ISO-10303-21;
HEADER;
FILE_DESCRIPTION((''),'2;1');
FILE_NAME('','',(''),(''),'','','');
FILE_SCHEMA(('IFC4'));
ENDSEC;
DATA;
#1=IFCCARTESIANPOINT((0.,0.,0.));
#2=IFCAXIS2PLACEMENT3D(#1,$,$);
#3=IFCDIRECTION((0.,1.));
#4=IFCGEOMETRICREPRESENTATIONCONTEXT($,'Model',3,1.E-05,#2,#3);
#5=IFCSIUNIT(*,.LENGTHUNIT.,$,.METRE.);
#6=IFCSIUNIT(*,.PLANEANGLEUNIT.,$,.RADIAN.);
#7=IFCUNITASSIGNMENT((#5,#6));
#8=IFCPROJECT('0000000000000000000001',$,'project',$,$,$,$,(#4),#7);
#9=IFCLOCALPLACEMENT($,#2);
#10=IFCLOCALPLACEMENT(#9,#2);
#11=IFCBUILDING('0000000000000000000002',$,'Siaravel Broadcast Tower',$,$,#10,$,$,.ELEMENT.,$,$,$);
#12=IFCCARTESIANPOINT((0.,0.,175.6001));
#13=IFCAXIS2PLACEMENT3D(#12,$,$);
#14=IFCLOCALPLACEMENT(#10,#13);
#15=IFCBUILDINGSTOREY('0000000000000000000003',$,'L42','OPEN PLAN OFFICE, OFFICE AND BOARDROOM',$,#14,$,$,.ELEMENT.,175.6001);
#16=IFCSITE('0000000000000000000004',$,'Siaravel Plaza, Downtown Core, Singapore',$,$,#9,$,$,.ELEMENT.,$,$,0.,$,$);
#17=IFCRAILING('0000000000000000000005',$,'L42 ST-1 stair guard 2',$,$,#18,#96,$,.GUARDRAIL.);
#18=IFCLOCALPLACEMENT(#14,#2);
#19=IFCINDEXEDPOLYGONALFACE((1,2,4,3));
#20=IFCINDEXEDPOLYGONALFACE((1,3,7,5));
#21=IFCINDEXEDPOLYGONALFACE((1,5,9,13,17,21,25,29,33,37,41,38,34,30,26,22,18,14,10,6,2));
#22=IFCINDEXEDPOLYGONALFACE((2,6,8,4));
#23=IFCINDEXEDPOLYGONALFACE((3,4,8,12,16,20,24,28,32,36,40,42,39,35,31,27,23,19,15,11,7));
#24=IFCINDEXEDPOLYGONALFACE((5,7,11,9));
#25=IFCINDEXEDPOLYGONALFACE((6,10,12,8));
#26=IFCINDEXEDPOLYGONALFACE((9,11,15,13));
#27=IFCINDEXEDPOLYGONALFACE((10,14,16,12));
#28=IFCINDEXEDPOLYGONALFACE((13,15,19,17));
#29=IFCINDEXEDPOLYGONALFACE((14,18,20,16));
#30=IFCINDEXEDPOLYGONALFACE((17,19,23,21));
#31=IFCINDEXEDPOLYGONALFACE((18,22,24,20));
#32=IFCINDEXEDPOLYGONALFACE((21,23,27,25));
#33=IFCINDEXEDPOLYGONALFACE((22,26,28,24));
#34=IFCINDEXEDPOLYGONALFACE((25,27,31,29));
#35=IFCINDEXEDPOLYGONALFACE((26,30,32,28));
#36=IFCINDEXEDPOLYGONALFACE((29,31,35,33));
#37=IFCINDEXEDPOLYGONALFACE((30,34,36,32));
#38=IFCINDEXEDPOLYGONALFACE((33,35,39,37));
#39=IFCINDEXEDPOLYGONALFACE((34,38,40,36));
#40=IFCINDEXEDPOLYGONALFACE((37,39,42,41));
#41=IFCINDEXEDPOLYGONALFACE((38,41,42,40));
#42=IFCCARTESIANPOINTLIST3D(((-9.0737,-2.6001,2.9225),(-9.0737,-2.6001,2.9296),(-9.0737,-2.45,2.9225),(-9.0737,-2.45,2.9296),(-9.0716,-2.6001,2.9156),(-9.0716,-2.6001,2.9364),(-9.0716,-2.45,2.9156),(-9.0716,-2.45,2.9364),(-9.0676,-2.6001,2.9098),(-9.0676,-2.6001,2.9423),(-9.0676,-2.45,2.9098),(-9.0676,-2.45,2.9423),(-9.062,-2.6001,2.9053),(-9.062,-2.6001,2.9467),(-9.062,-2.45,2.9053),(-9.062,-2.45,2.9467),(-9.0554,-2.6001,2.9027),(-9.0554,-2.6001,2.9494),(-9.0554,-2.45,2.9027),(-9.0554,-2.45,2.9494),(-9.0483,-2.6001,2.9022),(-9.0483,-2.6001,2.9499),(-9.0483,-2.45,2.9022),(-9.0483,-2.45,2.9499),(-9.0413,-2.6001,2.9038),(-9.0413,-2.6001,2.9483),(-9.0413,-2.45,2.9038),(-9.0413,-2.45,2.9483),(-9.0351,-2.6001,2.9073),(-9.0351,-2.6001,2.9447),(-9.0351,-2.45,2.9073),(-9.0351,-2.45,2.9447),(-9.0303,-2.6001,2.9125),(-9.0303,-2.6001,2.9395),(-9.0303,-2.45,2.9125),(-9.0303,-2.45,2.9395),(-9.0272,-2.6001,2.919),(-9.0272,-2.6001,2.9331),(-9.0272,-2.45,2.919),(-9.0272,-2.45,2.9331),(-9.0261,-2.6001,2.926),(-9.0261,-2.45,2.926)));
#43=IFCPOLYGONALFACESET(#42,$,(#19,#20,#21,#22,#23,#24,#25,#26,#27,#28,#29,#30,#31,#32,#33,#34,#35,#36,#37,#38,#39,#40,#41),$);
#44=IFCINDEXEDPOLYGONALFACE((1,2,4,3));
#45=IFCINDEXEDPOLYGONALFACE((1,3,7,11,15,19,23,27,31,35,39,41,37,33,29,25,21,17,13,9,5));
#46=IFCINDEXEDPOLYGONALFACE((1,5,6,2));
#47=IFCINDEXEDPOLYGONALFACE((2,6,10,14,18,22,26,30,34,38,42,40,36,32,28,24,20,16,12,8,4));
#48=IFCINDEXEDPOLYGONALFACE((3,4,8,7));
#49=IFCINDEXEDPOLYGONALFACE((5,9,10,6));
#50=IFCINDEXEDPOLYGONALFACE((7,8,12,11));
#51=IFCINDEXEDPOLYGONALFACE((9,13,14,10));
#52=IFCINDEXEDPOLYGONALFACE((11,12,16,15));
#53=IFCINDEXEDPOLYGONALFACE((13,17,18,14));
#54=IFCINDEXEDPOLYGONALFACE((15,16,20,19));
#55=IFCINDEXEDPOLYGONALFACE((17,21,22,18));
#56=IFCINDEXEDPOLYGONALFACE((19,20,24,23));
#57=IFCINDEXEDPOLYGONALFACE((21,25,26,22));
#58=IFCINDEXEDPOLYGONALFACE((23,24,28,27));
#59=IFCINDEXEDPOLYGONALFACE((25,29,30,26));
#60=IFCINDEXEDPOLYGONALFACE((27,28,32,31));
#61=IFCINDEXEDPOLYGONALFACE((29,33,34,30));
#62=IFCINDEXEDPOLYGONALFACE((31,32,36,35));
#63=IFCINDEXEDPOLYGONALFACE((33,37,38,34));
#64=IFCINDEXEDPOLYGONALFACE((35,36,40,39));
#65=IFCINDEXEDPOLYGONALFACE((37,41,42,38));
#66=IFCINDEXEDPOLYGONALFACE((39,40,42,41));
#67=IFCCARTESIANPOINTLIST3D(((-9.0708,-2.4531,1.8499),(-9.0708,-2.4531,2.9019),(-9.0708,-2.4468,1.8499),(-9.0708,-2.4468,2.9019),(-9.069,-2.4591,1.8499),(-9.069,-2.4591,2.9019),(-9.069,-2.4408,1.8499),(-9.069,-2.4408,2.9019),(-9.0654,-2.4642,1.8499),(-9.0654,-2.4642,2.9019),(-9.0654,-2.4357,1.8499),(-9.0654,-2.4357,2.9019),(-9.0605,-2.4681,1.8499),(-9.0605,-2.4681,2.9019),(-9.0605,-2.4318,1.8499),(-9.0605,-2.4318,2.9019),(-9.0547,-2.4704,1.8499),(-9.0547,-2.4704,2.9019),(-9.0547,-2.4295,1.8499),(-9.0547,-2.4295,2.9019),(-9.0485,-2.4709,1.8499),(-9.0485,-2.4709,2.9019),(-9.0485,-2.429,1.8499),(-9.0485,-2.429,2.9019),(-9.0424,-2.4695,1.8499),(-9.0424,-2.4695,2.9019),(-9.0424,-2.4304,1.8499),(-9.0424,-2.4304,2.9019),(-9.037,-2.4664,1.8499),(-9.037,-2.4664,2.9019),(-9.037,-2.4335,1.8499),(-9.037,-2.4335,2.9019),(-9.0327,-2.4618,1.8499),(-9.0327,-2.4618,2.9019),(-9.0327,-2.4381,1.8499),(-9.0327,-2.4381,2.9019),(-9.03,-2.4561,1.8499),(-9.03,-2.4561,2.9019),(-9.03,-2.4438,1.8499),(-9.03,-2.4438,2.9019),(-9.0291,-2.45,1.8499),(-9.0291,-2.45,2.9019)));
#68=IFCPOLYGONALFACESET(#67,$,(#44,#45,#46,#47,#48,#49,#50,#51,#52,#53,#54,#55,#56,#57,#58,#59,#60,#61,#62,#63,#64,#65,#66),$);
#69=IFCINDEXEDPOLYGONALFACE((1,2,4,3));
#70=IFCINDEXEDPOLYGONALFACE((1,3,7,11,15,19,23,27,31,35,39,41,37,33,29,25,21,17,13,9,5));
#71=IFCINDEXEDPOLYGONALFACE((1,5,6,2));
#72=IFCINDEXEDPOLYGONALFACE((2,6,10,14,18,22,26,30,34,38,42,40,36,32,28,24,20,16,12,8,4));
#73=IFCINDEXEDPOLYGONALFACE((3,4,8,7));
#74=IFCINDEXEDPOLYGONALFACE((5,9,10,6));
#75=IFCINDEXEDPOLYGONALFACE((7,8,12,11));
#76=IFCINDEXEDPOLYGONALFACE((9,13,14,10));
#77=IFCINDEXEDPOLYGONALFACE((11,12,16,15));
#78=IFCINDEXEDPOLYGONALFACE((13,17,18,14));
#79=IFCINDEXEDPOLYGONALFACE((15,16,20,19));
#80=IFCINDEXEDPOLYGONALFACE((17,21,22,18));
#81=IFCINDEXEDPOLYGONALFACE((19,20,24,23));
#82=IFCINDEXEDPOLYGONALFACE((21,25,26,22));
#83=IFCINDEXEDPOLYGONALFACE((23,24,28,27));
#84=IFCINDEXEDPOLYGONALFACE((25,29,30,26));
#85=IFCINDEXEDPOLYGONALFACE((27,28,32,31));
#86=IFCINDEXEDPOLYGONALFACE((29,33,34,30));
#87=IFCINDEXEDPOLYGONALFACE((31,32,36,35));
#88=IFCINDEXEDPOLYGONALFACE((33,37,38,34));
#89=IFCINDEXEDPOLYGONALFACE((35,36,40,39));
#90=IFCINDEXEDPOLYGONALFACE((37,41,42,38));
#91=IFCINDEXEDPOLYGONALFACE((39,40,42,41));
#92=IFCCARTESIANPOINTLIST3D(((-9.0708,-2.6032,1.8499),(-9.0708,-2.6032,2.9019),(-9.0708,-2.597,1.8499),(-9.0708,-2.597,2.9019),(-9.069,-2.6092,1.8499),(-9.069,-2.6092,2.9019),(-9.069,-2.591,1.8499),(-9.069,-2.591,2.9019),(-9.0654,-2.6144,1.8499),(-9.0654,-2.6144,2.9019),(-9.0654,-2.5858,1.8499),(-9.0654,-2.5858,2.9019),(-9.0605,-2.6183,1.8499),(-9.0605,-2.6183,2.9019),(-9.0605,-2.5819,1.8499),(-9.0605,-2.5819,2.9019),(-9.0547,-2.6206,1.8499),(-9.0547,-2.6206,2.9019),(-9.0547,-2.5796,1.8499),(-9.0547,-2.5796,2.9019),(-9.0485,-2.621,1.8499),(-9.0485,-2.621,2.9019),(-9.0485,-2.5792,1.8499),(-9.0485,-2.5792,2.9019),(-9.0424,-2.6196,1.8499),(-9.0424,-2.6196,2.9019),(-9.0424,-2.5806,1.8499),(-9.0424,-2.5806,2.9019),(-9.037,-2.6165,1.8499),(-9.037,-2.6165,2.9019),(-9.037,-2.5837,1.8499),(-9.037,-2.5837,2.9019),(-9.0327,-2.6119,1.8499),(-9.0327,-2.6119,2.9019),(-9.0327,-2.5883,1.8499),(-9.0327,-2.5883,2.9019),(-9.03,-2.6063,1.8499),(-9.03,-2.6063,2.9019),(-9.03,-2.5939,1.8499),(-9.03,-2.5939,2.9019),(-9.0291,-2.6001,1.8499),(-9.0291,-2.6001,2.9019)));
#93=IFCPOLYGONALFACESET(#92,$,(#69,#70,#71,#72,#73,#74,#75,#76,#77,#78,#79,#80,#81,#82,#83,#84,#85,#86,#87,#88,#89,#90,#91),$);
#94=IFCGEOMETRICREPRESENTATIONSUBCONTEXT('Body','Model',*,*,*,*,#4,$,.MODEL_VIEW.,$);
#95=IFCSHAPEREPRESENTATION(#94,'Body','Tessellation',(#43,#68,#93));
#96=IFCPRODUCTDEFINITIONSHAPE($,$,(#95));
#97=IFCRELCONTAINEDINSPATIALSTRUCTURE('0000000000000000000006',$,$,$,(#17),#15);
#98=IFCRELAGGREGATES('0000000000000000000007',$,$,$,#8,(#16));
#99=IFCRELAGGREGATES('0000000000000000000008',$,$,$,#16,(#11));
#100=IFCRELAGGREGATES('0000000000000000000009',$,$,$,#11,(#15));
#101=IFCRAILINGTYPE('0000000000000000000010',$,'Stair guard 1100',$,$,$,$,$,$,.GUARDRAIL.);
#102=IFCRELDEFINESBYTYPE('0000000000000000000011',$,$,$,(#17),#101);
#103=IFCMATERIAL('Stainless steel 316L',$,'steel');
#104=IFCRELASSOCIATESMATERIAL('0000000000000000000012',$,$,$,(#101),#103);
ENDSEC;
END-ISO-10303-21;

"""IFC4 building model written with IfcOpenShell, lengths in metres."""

from ifc_helpers import new_model, si_unit, direction, frame, origin, origin_2d, place, context, subcontext, project, spatial, circle, extrude, material, type_object, element, save


model = new_model("IFC4")

# Units and contexts
model_context = context("Model", 3, precision=1e-05, world=origin(), true_north=direction((0.0, 1.0)))
body_context = subcontext(model_context, "Body", "Model", "MODEL_VIEW")
ifc_project = project(units=[si_unit("LENGTHUNIT", "METRE"), si_unit("PLANEANGLEUNIT", "RADIAN")], contexts=[model_context])

# Site, building, storey
site_placement = place(None, origin())
site = spatial("IfcSite", under=ifc_project, at=site_placement, Name="Siaravel Plaza, Downtown Core, Singapore", CompositionType="ELEMENT", RefElevation=0.0)
building_placement = place(site_placement, origin())
building = spatial("IfcBuilding", under=site, at=building_placement, Name="Siaravel Broadcast Tower", CompositionType="ELEMENT")
storey_placement = place(building_placement, frame((0.0, 0.0, 175.6001)))
storey = spatial("IfcBuildingStorey", under=building, at=storey_placement, Name="L42", Description="OPEN PLAN OFFICE, OFFICE AND BOARDROOM", CompositionType="ELEMENT", Elevation=175.6001)

# Shared definitions
ifc_material_1 = material(Name="Stainless steel 316L", Category="steel")

# Railing
railing_type_1 = type_object("IfcRailingType", Name="Stair guard 1100", PredefinedType="GUARDRAIL", material=ifc_material_1)
railing_1_placement = place(storey_placement, frame((-9.05, -2.45, 1.8499)))
element("IfcRailing", 1, at=railing_1_placement, inside=storey, type_object=railing_type_1, Name="L42 ST-1 stair guard 2", PredefinedType="GUARDRAIL", context=body_context, shape_type="SweptSolid", body=[
    extrude(circle(Radius=0.0239, at=origin_2d()), frame((0.0, 0.0, 1.0762), z_axis=(0.0, -1.0, 0.0), x_axis=(1.0, 0.0, 0.0)), (0.0, 0.0, 1.0), 0.1501),
    extrude(circle(Radius=0.021, at=origin_2d()), origin(), (0.0, 0.0, 1.0), 1.052),
    extrude(circle(Radius=0.021, at=origin_2d()), frame((0.0, -0.1501, 0.0)), (0.0, 0.0, 1.0), 1.052),
])

save(model, "model.ifc")
